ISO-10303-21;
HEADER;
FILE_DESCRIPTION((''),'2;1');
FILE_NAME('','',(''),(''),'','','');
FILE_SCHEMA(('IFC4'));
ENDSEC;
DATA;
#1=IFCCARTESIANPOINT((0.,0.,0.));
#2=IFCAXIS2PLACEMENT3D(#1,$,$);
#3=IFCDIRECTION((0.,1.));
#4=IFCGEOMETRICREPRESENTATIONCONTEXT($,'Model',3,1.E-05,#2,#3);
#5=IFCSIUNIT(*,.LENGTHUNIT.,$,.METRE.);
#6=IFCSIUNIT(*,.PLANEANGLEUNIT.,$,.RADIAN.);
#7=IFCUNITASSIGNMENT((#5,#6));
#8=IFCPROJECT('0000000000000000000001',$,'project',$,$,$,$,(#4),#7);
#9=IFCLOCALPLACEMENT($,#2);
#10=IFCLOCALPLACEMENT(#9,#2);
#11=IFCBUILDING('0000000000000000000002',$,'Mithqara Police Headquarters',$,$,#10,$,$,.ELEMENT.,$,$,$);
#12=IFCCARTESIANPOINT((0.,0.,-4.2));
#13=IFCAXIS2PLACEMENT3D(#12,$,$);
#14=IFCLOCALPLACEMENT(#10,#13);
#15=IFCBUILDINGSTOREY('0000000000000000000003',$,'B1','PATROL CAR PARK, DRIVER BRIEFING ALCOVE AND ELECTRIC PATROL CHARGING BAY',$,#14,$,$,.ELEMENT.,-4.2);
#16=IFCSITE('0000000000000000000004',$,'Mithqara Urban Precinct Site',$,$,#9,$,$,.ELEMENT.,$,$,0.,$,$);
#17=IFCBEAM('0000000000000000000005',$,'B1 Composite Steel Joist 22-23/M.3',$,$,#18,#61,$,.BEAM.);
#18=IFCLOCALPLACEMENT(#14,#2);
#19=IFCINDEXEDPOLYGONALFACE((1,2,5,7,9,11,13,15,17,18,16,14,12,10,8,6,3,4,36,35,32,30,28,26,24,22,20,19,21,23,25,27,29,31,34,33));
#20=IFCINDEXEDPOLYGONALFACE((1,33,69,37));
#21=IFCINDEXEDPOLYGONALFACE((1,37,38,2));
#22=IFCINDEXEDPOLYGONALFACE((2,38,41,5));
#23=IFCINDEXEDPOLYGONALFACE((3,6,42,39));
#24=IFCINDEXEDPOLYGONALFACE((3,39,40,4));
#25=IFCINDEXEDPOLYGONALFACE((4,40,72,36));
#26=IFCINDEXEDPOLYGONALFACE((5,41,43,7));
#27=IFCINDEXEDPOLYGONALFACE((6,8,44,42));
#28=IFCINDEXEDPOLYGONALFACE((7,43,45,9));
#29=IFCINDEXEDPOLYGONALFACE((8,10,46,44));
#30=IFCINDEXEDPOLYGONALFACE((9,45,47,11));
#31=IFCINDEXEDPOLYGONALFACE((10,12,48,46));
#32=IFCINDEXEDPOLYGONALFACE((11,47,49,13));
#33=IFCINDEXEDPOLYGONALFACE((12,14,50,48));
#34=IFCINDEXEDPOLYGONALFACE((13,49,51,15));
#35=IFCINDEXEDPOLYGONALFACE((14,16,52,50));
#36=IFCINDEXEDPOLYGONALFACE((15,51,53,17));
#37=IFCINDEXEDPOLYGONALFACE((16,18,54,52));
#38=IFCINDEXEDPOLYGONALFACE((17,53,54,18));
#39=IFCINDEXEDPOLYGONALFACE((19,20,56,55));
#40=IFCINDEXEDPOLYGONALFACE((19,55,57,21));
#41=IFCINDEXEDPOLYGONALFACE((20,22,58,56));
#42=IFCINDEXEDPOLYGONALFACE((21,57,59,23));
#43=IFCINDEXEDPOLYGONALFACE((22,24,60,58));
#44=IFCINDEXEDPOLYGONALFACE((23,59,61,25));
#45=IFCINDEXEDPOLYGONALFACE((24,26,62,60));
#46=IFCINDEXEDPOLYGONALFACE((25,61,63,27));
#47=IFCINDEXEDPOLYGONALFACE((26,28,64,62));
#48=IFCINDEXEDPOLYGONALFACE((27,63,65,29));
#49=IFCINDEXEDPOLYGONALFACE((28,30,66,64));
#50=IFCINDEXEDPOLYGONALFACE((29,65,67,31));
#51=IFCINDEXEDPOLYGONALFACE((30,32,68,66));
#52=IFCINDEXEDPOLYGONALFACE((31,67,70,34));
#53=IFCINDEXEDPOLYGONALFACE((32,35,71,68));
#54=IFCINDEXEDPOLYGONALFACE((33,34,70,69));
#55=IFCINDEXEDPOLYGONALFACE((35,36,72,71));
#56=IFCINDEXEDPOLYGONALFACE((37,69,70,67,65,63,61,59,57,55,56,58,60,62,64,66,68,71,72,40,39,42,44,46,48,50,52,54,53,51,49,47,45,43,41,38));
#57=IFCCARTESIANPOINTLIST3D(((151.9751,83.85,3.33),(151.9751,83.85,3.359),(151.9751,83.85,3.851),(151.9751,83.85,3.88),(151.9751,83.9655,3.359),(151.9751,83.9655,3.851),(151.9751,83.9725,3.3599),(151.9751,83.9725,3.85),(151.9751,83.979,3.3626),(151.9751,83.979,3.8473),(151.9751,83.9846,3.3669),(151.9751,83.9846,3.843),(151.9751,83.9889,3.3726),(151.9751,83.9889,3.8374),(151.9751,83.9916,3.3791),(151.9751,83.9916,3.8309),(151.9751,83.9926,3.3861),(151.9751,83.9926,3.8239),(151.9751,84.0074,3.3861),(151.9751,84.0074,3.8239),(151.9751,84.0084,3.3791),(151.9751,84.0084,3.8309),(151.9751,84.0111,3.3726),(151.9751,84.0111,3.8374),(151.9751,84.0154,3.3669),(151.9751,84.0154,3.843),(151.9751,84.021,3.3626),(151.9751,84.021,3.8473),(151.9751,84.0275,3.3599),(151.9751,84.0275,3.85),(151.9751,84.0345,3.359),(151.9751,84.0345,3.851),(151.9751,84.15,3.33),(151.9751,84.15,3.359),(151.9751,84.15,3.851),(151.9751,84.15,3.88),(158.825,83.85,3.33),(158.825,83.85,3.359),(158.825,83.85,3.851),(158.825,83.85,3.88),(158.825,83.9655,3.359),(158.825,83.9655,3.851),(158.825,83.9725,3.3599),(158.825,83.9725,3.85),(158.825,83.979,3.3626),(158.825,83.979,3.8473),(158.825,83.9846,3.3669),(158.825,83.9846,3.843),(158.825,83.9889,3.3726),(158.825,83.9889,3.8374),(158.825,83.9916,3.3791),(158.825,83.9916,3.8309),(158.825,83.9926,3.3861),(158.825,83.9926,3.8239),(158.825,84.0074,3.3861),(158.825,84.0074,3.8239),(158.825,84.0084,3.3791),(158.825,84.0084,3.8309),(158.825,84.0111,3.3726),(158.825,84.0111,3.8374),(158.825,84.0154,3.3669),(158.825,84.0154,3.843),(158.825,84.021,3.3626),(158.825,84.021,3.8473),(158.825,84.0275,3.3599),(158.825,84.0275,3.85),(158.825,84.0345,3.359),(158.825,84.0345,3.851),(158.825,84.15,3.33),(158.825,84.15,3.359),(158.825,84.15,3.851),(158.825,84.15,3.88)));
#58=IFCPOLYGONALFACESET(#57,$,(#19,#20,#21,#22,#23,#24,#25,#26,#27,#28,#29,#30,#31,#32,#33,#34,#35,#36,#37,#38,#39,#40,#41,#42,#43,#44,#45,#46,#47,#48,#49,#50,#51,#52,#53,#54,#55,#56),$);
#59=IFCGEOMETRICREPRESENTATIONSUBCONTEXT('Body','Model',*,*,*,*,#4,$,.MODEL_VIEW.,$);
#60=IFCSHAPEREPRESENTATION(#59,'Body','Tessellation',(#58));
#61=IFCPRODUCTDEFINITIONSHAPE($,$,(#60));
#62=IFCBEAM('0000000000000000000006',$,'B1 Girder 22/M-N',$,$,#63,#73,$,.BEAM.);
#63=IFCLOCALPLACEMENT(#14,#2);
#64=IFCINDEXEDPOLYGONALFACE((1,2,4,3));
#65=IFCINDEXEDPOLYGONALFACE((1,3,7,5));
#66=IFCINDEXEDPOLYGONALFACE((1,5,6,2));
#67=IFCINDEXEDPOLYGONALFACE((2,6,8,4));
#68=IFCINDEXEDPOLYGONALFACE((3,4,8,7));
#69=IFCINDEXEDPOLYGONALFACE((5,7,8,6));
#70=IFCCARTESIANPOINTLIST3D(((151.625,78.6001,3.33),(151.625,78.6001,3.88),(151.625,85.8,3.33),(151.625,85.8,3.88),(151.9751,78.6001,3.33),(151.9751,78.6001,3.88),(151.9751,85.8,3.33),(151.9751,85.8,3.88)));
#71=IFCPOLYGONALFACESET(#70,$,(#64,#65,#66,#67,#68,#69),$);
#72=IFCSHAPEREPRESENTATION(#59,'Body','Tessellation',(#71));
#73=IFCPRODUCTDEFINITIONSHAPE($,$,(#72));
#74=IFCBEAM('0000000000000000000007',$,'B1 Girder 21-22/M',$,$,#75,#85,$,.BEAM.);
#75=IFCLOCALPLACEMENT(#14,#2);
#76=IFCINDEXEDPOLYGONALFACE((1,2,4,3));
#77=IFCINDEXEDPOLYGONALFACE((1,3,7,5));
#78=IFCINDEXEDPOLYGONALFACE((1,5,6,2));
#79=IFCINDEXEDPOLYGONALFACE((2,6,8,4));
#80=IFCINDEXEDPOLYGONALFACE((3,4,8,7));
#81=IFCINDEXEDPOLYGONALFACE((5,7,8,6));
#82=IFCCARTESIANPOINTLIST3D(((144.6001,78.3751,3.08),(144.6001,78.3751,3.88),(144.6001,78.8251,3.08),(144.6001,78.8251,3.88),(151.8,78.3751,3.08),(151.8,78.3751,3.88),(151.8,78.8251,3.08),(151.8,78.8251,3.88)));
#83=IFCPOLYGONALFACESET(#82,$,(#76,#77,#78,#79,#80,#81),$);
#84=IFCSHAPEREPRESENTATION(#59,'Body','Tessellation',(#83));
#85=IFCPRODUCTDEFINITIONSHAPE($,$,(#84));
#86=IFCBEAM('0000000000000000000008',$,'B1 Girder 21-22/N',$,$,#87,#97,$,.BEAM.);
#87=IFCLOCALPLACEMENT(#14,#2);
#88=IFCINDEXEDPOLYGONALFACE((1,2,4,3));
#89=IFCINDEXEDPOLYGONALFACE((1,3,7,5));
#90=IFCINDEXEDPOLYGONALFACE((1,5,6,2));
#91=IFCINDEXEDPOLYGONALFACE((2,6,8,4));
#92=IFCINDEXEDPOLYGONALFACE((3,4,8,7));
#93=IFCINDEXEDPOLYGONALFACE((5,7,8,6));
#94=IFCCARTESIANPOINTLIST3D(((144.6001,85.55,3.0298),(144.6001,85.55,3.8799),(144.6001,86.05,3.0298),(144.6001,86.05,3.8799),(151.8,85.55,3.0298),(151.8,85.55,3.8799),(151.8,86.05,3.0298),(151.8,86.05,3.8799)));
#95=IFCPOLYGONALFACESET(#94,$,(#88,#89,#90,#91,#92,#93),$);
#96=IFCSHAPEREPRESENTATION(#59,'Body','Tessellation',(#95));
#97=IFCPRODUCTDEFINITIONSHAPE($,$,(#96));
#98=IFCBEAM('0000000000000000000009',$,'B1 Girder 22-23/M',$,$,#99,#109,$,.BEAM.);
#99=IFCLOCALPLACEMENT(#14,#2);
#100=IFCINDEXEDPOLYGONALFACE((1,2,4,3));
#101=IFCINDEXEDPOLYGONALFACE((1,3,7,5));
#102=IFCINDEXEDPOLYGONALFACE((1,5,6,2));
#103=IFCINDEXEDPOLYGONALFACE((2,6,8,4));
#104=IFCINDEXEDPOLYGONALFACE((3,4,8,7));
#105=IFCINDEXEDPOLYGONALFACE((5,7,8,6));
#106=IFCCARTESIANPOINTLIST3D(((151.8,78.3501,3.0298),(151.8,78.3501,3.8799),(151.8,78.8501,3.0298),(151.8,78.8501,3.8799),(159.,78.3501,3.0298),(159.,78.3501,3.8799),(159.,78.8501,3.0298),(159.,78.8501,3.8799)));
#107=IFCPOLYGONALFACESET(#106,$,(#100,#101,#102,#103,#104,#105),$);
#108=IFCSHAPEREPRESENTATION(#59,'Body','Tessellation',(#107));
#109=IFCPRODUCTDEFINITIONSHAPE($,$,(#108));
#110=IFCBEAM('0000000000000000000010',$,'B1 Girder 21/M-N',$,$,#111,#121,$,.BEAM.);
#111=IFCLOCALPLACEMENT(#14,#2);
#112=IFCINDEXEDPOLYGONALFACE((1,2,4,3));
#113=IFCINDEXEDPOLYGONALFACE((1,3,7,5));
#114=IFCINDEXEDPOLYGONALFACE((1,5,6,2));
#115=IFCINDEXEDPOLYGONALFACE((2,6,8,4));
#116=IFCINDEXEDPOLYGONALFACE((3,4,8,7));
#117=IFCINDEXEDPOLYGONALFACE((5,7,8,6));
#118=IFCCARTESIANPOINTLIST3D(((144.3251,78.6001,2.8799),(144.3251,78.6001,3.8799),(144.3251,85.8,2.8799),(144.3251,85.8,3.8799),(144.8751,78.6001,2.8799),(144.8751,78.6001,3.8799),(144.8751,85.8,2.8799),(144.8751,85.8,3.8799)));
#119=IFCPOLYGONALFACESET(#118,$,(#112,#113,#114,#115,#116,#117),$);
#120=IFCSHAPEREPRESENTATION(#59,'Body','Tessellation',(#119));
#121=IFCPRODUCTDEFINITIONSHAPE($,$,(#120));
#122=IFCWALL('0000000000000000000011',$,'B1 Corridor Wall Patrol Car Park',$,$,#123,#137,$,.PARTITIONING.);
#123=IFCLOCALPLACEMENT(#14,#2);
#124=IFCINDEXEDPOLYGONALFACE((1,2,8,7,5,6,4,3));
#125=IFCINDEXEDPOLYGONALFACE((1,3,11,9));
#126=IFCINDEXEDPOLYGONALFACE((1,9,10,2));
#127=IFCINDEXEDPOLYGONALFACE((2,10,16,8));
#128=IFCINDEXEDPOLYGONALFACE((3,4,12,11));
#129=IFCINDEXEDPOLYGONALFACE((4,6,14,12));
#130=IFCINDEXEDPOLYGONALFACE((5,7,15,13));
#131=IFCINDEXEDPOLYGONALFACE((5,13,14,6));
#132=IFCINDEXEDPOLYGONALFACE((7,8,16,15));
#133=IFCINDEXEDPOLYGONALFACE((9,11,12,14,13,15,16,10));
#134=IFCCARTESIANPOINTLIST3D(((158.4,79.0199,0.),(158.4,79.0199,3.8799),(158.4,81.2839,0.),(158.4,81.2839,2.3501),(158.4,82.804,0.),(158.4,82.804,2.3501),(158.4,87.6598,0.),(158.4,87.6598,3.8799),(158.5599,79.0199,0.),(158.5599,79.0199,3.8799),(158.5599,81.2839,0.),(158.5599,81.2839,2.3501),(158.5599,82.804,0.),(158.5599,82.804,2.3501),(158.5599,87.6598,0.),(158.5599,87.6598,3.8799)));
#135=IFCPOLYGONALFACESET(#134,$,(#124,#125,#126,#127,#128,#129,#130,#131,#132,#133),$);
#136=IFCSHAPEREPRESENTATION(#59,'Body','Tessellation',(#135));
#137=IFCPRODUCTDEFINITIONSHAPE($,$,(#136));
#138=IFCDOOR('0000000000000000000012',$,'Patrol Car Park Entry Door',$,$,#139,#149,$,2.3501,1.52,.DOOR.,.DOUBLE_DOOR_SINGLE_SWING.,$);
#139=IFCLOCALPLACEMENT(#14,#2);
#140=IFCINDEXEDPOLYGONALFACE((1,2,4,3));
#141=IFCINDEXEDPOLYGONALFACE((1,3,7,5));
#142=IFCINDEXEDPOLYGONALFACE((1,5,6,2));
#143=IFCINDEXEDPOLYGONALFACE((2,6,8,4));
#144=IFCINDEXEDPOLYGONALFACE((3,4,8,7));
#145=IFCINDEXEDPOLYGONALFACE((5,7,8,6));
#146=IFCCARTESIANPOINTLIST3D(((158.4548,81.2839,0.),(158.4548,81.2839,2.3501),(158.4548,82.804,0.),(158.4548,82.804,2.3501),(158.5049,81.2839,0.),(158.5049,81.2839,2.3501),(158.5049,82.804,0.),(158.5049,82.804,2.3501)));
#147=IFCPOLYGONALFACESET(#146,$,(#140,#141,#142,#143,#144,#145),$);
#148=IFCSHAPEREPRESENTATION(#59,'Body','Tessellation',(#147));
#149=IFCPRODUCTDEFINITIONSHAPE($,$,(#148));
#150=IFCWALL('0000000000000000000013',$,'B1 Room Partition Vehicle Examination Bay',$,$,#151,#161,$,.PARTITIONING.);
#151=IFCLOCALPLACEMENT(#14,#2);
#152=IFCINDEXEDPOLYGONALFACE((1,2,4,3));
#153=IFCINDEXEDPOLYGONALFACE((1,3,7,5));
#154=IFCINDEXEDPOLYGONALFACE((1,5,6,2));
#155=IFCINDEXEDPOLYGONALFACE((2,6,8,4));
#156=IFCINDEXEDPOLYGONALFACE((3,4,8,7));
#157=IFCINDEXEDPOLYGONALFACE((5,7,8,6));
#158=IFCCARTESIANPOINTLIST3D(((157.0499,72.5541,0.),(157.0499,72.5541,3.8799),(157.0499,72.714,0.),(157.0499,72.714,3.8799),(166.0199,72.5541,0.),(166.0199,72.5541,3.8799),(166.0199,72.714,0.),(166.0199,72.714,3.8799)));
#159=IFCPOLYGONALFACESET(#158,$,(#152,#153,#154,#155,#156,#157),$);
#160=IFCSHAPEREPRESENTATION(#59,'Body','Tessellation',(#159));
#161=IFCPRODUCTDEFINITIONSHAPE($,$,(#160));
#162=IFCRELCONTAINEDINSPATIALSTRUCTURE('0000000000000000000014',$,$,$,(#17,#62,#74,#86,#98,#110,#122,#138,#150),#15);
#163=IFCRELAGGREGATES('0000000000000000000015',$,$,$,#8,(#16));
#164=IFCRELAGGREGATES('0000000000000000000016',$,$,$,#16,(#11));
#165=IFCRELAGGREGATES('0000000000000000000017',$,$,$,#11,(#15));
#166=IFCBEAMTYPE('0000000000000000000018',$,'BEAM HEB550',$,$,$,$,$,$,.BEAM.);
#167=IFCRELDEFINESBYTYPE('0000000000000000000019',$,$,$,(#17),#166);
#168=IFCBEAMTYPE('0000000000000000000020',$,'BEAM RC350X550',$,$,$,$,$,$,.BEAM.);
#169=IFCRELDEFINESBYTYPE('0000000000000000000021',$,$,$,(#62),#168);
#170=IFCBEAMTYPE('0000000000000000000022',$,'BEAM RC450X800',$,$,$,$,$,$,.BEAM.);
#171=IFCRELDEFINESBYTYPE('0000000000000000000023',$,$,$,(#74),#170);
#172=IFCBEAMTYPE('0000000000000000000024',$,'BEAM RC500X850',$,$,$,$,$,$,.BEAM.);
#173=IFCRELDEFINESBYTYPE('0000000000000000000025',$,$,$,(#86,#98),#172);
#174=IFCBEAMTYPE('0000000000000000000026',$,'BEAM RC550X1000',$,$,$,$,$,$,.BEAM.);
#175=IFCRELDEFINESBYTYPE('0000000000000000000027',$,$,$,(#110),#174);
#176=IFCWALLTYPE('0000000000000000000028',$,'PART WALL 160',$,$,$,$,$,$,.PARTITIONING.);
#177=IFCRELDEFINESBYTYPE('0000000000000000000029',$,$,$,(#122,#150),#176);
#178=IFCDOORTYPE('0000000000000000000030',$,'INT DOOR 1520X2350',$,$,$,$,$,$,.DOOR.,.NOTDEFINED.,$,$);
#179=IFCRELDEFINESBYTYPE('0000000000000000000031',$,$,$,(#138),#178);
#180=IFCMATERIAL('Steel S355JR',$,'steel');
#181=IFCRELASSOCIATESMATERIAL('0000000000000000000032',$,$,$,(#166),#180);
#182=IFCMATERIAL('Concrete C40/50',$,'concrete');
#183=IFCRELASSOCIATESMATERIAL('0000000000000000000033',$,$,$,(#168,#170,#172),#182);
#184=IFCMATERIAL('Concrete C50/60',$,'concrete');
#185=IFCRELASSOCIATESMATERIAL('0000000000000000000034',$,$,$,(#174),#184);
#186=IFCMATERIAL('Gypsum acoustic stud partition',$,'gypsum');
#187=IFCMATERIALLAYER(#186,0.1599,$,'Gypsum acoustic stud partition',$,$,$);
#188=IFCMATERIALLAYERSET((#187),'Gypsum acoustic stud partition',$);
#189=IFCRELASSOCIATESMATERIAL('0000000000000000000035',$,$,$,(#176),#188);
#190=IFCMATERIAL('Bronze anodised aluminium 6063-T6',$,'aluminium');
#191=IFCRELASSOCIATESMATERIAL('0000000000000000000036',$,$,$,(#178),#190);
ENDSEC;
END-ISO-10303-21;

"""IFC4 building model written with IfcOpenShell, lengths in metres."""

from ifc_helpers import new_model, si_unit, direction, frame, frame_2d, origin, origin_2d, place, context, subcontext, project, spatial, rectangle, i_section, extrude, material, layer, layer_set, material_profile, profile_set, type_object, element, fill, save


model = new_model("IFC4")

# Units and contexts
model_context = context("Model", 3, precision=1e-05, world=origin(), true_north=direction((0.0, 1.0)))
body_context = subcontext(model_context, "Body", "Model", "MODEL_VIEW")
ifc_project = project(units=[si_unit("LENGTHUNIT", "METRE"), si_unit("PLANEANGLEUNIT", "RADIAN")], contexts=[model_context])

# Site, building, storey
site_placement = place(None, origin())
site = spatial("IfcSite", under=ifc_project, at=site_placement, Name="Mithqara Urban Precinct Site", CompositionType="ELEMENT", RefElevation=0.0)
building_placement = place(site_placement, origin())
building = spatial("IfcBuilding", under=site, at=building_placement, Name="Mithqara Police Headquarters", CompositionType="ELEMENT")
storey_placement = place(building_placement, frame((0.0, 0.0, -4.2)))
storey = spatial("IfcBuildingStorey", under=building, at=storey_placement, Name="B1", Description="PATROL CAR PARK, DRIVER BRIEFING ALCOVE AND ELECTRIC PATROL CHARGING BAY", CompositionType="ELEMENT", Elevation=-4.2)

# Shared definitions
ifc_material_1 = material(Name="Concrete C50/60", Category="concrete")

# Beams
ifc_material_2 = material(Name="Steel S355JR", Category="steel")
ifc_material_profile_1 = material_profile(ifc_material_2, i_section(OverallWidth=0.3, OverallDepth=0.55, WebThickness=0.0149, FlangeThickness=0.0291, FilletRadius=0.0271, at=origin_2d()), Name="HEB 550")
ifc_profile_set_1 = profile_set([ifc_material_profile_1], Name="Steel S355JR")
beam_type_1 = type_object("IfcBeamType", Name="BEAM HEB550", PredefinedType="BEAM", material=ifc_profile_set_1)
for number, where, z_axis, x_axis, name in (
    (1, (151.9751, 84.0, 3.605), (1.0, 0.0, 0.0), (0.0, 1.0, 0.0), "B1 Composite Steel Joist 22-23/M.3"),
):
    element("IfcBeam", number, at=place(storey_placement, frame(where, z_axis=z_axis, x_axis=x_axis)), inside=storey, type_object=beam_type_1, Name=name, PredefinedType="BEAM", context=body_context, shape_type="SweptSolid", body=[
        extrude(i_section(OverallWidth=0.3, OverallDepth=0.55, WebThickness=0.0149, FlangeThickness=0.0291, FilletRadius=0.0271, at=origin_2d()), origin(), (0.0, 0.0, 1.0), 6.8499),
    ])
ifc_material_3 = material(Name="Concrete C40/50", Category="concrete")
ifc_material_profile_2 = material_profile(ifc_material_3, rectangle(XDim=0.3501, YDim=0.55, at=origin_2d()), Name="RC 350x550")
ifc_profile_set_2 = profile_set([ifc_material_profile_2], Name="Concrete C40/50")
beam_type_2 = type_object("IfcBeamType", Name="BEAM RC350X550", PredefinedType="BEAM", material=ifc_profile_set_2)
beam_1_placement = place(storey_placement, frame((151.8, 78.6001, 3.605), z_axis=(0.0, 1.0, 0.0), x_axis=(-1.0, 0.0, 0.0)))
element("IfcBeam", 2, at=beam_1_placement, inside=storey, type_object=beam_type_2, Name="B1 Girder 22/M-N", PredefinedType="BEAM", context=body_context, shape_type="SweptSolid", body=[
    extrude(rectangle(XDim=0.3501, YDim=0.55, at=origin_2d()), origin(), (0.0, 0.0, 1.0), 7.2),
])
ifc_material_profile_3 = material_profile(ifc_material_3, rectangle(XDim=0.45, YDim=0.8, at=origin_2d()), Name="RC 450x800")
ifc_profile_set_3 = profile_set([ifc_material_profile_3], Name="Concrete C40/50")
beam_type_3 = type_object("IfcBeamType", Name="BEAM RC450X800", PredefinedType="BEAM", material=ifc_profile_set_3)
beam_2_placement = place(storey_placement, frame((144.6001, 78.6001, 3.48), z_axis=(1.0, 0.0, 0.0), x_axis=(0.0, 1.0, 0.0)))
element("IfcBeam", 3, at=beam_2_placement, inside=storey, type_object=beam_type_3, Name="B1 Girder 21-22/M", PredefinedType="BEAM", context=body_context, shape_type="SweptSolid", body=[
    extrude(rectangle(XDim=0.45, YDim=0.8, at=origin_2d()), origin(), (0.0, 0.0, 1.0), 7.2),
])
ifc_material_profile_4 = material_profile(ifc_material_3, rectangle(XDim=0.5, YDim=0.8501, at=origin_2d()), Name="RC 500x850")
ifc_profile_set_4 = profile_set([ifc_material_profile_4], Name="Concrete C40/50")
beam_type_4 = type_object("IfcBeamType", Name="BEAM RC500X850", PredefinedType="BEAM", material=ifc_profile_set_4)
for number, where, z_axis, x_axis, name in (
    (4, (144.6001, 85.8, 3.4548), (1.0, 0.0, 0.0), (0.0, 1.0, 0.0), "B1 Girder 21-22/N"),
    (5, (151.8, 78.6001, 3.4548), (1.0, 0.0, 0.0), (0.0, 1.0, 0.0), "B1 Girder 22-23/M"),
):
    element("IfcBeam", number, at=place(storey_placement, frame(where, z_axis=z_axis, x_axis=x_axis)), inside=storey, type_object=beam_type_4, Name=name, PredefinedType="BEAM", context=body_context, shape_type="SweptSolid", body=[
        extrude(rectangle(XDim=0.5, YDim=0.8501, at=origin_2d()), origin(), (0.0, 0.0, 1.0), 7.2),
    ])
ifc_material_profile_5 = material_profile(ifc_material_1, rectangle(XDim=0.55, YDim=1.0, at=origin_2d()), Name="RC 550x1000")
ifc_profile_set_5 = profile_set([ifc_material_profile_5], Name="Concrete C50/60")
beam_type_5 = type_object("IfcBeamType", Name="BEAM RC550X1000", PredefinedType="BEAM", material=ifc_profile_set_5)
beam_3_placement = place(storey_placement, frame((144.6001, 78.6001, 3.3799), z_axis=(0.0, 1.0, 0.0), x_axis=(-1.0, 0.0, 0.0)))
element("IfcBeam", 6, at=beam_3_placement, inside=storey, type_object=beam_type_5, Name="B1 Girder 21/M-N", PredefinedType="BEAM", context=body_context, shape_type="SweptSolid", body=[
    extrude(rectangle(XDim=0.55, YDim=1.0, at=origin_2d()), origin(), (0.0, 0.0, 1.0), 7.2),
])

# Wall, opening, door
ifc_material_4 = material(Name="Gypsum acoustic stud partition", Category="gypsum")
ifc_layer_1 = layer(ifc_material_4, 0.1599, Name="Gypsum acoustic stud partition")
ifc_layer_set_1 = layer_set([ifc_layer_1], Name="Gypsum acoustic stud partition")
wall_type_1 = type_object("IfcWallType", Name="PART WALL 160", PredefinedType="PARTITIONING", material=ifc_layer_set_1)
wall_1_placement = place(storey_placement, frame((158.48, 79.02, 0.0), z_axis=(0.0, 0.0, 1.0), x_axis=(0.0, 1.0, 0.0)))
wall_1 = element("IfcWall", 7, at=wall_1_placement, inside=storey, type_object=wall_type_1, Name="B1 Corridor Wall Patrol Car Park", PredefinedType="PARTITIONING", context=body_context, shape_type="SweptSolid", body=[
    extrude(rectangle(XDim=8.6399, YDim=0.1599, at=frame_2d((4.3198, 0.0))), origin(), (0.0, 0.0, 1.0), 3.8799),
])
opening_1_placement = place(wall_1_placement, frame((2.2639, 0.0, 0.0)))
opening_1 = element("IfcOpeningElement", 8, at=opening_1_placement, cuts=wall_1, PredefinedType="OPENING", context=body_context, shape_type="SweptSolid", body=[
    extrude(rectangle(XDim=1.52, YDim=2.3501, at=frame_2d((0.76, 1.175))), frame((0.0, 0.0898, 0.0), z_axis=(0.0, -1.0, 0.0), x_axis=(1.0, 0.0, 0.0)), (0.0, 0.0, 1.0), 0.1799),
])
ifc_material_5 = material(Name="Bronze anodised aluminium 6063-T6", Category="aluminium")
door_type_1 = type_object("IfcDoorType", Name="INT DOOR 1520X2350", OperationType="NOTDEFINED", PredefinedType="DOOR", material=ifc_material_5)
door_1_placement = place(opening_1_placement, frame((1.52, 0.0, 0.0), z_axis=(0.0, 0.0, 1.0), x_axis=(-1.0, 0.0, 0.0)))
door_1 = element("IfcDoor", 9, at=door_1_placement, inside=storey, type_object=door_type_1, Name="Patrol Car Park Entry Door", OperationType="DOUBLE_DOOR_SINGLE_SWING", OverallHeight=2.3501, OverallWidth=1.52, PredefinedType="DOOR", context=body_context, shape_type="SweptSolid", body=[
    extrude(rectangle(XDim=1.52, YDim=2.3501, at=frame_2d((0.76, 1.175))), frame((0.0, 0.0249, 0.0), z_axis=(0.0, -1.0, 0.0), x_axis=(1.0, 0.0, 0.0)), (0.0, 0.0, 1.0), 0.05),
])
fill(opening_1, door_1)

# Wall
wall_2_placement = place(storey_placement, frame((157.05, 72.634, 0.0), z_axis=(0.0, 0.0, 1.0), x_axis=(1.0, 0.0, 0.0)))
element("IfcWall", 10, at=wall_2_placement, inside=storey, type_object=wall_type_1, Name="B1 Room Partition Vehicle Examination Bay", PredefinedType="PARTITIONING", context=body_context, shape_type="SweptSolid", body=[
    extrude(rectangle(XDim=8.97, YDim=0.1599, at=frame_2d((4.4849, 0.0))), origin(), (0.0, 0.0, 1.0), 3.8799),
])

save(model, "model.ifc")
